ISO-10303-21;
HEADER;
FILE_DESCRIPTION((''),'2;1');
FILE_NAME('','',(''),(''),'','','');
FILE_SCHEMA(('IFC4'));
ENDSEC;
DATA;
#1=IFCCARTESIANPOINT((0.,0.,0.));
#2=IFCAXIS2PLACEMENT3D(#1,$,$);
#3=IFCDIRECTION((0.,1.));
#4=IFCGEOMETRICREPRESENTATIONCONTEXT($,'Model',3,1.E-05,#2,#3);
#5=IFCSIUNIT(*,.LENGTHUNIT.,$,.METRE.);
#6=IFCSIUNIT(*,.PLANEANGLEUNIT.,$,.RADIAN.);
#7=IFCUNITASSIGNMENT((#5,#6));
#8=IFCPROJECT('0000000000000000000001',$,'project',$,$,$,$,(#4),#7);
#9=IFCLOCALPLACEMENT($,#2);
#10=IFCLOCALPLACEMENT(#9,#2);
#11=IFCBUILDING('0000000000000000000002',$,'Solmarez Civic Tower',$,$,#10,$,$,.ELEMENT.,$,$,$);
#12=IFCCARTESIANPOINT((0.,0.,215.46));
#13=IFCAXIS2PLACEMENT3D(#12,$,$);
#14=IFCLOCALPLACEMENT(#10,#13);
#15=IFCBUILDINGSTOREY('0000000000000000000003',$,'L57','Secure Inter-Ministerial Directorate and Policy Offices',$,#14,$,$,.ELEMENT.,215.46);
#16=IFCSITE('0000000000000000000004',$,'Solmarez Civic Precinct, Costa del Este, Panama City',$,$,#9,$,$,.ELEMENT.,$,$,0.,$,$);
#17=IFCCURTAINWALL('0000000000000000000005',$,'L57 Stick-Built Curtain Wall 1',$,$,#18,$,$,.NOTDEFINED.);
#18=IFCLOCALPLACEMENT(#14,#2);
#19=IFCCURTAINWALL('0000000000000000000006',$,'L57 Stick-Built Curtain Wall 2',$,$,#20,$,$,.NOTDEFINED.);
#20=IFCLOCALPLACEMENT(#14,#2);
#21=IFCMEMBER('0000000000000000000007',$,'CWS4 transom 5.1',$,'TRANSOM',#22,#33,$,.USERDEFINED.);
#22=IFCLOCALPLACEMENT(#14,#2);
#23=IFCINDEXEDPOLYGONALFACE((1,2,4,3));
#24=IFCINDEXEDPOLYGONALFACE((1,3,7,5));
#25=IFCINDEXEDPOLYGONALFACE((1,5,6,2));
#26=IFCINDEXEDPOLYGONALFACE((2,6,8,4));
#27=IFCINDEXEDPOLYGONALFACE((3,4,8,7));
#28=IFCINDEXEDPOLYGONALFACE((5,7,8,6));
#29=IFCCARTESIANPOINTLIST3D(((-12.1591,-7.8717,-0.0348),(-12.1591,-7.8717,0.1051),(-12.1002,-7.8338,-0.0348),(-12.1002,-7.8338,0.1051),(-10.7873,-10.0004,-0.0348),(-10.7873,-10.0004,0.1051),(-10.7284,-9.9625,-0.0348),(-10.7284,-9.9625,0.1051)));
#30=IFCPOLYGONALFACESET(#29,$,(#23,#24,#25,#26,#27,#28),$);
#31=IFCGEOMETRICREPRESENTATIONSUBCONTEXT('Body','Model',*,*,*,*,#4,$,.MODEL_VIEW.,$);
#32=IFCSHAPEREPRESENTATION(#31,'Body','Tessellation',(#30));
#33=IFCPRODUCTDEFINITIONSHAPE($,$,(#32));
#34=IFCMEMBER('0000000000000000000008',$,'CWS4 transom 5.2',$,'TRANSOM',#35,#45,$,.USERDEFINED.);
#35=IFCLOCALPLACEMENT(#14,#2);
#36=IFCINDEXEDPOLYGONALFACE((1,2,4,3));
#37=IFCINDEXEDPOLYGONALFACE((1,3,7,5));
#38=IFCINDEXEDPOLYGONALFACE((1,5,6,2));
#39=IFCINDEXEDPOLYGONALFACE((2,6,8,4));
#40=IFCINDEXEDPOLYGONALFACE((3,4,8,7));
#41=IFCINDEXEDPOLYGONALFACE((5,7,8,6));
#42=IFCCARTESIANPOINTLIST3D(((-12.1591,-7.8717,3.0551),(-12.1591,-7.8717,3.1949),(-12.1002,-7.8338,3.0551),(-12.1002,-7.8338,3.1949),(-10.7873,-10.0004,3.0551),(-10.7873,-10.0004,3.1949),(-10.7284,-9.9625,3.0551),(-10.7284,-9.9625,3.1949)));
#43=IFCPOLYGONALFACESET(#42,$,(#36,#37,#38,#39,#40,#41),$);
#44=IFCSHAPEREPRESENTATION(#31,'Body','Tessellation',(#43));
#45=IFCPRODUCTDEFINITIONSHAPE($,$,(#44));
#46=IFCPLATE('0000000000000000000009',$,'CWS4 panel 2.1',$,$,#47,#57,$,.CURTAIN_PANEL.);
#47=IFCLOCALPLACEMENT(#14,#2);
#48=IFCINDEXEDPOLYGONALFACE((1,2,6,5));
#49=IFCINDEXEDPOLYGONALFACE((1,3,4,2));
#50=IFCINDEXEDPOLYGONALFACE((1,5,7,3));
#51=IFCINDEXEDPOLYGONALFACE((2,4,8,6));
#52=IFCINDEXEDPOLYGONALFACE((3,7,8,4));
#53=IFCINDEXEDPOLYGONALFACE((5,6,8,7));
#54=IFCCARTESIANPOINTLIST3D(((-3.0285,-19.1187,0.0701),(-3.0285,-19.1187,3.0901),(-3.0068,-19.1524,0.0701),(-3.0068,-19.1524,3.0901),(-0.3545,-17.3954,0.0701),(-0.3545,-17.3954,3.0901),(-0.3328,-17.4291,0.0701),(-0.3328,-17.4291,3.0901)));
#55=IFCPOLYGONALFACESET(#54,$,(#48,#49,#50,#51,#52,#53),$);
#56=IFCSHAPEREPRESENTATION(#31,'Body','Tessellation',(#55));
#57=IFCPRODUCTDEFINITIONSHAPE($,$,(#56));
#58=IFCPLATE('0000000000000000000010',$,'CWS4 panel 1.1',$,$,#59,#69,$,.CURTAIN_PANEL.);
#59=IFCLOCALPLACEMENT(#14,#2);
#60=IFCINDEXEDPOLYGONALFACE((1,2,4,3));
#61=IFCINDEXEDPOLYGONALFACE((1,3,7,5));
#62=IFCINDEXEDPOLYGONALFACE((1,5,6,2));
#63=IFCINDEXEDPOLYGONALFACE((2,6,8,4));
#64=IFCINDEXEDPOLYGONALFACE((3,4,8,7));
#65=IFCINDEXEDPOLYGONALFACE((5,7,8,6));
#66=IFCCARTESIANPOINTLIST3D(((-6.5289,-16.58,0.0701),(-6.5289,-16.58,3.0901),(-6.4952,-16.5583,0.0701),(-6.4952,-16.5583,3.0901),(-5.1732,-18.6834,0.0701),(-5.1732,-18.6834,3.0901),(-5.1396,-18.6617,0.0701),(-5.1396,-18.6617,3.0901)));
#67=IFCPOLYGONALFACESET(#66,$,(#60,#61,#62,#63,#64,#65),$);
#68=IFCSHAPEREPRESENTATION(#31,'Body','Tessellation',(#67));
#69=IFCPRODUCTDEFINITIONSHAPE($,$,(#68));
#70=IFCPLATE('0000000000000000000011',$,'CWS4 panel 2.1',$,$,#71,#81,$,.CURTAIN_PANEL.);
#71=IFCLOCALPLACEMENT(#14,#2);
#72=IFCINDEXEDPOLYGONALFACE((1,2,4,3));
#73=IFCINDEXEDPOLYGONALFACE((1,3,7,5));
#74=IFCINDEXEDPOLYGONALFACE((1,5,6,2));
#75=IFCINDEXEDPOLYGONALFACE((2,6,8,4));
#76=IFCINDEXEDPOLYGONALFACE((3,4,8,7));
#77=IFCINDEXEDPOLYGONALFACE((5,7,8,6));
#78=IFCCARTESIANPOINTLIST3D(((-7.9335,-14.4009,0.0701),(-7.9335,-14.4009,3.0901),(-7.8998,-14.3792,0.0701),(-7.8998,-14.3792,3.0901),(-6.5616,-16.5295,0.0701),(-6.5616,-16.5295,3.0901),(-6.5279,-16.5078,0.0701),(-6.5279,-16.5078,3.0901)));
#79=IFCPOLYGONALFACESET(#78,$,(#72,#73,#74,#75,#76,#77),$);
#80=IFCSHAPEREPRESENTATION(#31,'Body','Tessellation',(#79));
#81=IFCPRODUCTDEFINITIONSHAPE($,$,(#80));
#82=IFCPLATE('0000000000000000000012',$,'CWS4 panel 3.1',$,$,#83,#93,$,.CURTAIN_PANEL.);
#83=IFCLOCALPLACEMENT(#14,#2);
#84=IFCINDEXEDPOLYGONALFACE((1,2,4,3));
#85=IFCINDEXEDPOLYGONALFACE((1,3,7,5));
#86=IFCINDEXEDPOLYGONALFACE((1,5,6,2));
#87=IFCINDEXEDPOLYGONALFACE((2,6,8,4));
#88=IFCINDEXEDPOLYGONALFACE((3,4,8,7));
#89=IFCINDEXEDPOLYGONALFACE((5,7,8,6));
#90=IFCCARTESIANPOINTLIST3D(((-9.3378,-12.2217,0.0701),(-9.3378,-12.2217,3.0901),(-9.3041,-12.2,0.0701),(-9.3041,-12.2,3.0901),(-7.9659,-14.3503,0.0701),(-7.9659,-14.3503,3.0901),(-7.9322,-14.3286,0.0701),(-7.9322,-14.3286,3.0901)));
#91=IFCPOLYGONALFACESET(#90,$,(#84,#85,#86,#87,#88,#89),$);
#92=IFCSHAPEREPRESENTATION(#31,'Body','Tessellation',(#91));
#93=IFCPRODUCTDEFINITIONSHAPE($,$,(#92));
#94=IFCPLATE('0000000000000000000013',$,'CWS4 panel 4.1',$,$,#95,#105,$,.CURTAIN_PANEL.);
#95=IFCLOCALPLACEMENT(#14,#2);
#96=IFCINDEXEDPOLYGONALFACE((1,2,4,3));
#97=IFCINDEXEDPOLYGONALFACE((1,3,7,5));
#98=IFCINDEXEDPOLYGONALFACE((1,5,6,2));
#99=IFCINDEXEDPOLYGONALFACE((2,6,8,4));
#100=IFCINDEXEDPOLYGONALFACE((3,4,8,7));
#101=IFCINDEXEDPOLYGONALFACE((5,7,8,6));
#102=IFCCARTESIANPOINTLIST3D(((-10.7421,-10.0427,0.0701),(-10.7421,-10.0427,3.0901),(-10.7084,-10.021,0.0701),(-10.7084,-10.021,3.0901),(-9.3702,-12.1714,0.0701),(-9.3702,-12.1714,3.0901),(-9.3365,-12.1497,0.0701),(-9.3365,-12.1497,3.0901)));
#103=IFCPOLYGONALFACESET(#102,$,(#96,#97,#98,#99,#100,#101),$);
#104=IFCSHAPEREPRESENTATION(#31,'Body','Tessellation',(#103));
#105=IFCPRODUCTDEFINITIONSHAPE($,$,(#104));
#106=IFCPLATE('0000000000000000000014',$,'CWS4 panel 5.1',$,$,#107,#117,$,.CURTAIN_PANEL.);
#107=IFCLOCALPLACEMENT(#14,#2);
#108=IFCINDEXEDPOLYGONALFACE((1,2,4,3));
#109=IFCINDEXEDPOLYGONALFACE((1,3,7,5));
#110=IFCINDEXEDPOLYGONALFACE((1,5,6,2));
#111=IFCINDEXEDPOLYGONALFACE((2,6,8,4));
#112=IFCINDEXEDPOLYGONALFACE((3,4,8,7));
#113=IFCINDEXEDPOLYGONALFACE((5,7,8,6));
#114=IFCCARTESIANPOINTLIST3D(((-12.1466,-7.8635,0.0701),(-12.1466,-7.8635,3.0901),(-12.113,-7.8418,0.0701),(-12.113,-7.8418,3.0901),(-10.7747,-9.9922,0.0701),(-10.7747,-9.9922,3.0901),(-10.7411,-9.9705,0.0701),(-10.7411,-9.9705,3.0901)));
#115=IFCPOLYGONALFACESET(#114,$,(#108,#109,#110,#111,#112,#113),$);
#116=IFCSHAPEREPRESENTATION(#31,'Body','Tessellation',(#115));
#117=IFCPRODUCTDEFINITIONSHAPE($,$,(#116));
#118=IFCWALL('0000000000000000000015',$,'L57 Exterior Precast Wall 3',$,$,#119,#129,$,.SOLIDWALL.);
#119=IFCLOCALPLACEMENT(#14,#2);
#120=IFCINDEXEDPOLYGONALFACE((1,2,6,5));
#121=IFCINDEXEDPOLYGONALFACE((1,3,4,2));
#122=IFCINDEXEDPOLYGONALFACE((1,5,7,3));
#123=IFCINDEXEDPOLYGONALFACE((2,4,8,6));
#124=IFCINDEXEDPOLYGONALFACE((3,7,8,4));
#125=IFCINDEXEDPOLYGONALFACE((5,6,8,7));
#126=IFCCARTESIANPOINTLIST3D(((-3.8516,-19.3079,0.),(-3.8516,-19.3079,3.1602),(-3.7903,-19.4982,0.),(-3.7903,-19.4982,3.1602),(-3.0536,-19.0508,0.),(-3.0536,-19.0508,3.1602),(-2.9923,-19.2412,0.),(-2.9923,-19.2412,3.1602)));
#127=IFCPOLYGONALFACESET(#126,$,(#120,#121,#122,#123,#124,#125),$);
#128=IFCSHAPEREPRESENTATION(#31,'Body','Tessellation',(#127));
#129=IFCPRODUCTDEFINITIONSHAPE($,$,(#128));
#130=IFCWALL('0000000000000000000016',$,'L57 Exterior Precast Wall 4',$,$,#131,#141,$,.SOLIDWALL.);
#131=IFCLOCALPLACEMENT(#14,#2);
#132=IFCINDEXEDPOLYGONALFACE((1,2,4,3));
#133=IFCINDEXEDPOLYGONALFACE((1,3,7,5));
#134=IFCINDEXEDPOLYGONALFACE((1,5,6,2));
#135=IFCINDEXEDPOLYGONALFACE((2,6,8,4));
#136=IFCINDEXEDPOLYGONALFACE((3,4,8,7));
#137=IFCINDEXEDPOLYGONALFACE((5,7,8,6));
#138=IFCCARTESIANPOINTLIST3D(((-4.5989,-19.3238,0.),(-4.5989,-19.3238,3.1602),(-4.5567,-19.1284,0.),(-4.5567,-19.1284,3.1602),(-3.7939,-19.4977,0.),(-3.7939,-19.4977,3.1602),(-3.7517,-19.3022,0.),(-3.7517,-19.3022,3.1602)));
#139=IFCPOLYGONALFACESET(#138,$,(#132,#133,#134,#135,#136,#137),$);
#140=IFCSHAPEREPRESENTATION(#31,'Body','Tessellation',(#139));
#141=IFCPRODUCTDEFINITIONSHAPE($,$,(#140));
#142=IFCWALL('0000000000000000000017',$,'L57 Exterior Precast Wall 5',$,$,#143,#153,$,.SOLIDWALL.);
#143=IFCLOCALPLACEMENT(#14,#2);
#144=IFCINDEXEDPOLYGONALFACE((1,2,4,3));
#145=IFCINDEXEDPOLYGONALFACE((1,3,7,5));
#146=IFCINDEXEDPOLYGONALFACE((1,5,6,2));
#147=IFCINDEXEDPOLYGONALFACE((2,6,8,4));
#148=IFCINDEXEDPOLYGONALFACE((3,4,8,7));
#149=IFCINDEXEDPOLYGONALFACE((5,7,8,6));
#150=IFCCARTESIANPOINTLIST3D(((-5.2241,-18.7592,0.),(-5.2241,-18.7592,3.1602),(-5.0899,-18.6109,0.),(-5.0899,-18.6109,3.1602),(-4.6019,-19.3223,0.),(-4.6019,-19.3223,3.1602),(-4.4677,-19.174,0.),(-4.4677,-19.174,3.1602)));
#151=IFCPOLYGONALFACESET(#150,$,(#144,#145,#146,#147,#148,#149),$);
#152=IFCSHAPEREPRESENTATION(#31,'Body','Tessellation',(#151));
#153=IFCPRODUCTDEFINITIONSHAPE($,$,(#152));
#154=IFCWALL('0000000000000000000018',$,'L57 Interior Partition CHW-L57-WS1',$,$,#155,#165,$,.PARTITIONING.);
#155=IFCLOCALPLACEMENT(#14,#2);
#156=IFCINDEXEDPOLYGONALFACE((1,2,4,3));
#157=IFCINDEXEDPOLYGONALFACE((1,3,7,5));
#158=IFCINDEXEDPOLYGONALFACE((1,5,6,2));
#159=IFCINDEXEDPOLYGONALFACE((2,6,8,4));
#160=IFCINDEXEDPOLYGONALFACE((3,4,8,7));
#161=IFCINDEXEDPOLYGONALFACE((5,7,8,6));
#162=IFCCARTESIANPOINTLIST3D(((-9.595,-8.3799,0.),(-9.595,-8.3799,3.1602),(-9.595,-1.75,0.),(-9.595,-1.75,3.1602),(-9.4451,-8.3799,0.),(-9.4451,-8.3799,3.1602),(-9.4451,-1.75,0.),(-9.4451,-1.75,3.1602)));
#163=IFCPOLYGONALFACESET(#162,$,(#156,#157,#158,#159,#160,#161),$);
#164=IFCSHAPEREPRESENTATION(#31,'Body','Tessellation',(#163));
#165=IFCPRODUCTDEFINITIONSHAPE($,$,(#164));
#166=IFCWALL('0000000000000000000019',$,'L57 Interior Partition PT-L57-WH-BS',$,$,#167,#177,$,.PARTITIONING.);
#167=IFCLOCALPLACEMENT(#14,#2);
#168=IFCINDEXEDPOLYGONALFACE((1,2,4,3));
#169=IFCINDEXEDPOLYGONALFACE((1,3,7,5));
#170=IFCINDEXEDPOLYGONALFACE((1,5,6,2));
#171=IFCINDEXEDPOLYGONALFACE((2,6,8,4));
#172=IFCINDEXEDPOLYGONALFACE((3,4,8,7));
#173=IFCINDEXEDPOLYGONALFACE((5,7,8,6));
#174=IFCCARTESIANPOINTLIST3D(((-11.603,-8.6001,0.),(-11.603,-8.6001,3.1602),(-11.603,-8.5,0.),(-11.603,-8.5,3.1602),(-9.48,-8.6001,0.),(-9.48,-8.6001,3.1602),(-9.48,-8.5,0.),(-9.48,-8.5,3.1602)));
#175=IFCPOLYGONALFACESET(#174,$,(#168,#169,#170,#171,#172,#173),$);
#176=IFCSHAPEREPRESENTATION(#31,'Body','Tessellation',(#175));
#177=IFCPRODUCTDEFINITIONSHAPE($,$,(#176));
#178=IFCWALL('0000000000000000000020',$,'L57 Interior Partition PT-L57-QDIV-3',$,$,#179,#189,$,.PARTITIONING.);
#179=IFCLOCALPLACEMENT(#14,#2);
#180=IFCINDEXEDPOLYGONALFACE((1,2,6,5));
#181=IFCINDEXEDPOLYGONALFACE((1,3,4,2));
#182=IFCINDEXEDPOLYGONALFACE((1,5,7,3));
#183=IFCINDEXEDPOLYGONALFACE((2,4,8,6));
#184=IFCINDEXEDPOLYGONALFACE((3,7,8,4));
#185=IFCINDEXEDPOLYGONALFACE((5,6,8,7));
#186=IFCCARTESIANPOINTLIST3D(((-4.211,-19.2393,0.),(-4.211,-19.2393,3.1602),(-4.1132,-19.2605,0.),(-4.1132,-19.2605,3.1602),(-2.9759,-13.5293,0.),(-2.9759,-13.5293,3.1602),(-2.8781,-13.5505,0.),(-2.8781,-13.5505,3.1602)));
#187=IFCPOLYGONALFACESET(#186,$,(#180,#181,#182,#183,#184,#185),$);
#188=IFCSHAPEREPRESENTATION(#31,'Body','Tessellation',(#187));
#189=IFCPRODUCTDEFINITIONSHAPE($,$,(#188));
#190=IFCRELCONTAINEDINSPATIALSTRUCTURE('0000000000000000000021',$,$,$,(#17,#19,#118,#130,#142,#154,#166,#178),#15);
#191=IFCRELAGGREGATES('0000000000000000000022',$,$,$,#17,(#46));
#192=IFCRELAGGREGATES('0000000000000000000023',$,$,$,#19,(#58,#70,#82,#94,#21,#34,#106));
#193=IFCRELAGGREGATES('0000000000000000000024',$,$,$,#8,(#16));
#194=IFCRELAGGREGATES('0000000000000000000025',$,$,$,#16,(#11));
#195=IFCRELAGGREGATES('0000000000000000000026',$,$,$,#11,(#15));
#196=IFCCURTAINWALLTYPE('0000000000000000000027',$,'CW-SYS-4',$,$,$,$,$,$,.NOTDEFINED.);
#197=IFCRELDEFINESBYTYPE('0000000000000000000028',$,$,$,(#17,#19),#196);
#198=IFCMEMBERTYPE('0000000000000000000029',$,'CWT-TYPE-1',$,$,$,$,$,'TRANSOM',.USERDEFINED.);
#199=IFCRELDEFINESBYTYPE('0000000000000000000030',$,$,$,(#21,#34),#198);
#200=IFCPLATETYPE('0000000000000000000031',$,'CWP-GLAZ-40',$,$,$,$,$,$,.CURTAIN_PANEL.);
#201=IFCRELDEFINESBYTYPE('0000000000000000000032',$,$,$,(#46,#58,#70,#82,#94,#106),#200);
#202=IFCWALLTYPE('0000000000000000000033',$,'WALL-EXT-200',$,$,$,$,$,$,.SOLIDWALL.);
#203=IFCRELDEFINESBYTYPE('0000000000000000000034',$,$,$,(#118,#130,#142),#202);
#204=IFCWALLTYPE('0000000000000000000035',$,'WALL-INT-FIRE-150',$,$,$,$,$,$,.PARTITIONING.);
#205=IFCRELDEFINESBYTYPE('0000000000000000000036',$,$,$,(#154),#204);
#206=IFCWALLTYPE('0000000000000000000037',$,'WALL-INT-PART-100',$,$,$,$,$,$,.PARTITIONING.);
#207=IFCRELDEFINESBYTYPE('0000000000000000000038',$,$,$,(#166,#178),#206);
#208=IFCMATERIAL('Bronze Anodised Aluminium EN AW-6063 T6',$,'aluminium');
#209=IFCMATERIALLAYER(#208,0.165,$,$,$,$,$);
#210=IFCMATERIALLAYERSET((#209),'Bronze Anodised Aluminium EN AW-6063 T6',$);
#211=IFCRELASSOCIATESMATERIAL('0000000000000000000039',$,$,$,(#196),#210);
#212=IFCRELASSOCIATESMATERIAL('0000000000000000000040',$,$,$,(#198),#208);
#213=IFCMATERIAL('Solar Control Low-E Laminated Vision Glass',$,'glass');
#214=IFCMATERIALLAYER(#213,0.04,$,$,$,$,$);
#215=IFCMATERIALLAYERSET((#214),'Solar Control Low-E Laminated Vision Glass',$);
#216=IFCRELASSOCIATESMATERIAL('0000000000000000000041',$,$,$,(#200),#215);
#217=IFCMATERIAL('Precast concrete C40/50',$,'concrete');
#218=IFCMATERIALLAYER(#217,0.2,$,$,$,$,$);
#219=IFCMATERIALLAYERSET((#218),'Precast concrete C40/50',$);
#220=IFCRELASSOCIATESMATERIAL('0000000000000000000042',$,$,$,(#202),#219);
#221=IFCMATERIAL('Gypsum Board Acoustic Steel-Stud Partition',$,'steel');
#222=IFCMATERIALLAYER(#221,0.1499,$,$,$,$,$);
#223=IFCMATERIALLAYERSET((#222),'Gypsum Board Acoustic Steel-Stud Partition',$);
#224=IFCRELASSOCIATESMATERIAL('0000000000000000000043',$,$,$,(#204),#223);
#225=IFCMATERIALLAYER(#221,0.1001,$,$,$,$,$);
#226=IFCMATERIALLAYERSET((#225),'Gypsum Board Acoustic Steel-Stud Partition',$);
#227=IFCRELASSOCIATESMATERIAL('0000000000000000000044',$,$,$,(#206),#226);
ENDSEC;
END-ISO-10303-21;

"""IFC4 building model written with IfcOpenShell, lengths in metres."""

from ifc_helpers import new_model, si_unit, direction, frame, frame_2d, origin, origin_2d, place, context, subcontext, project, spatial, rectangle, extrude, material, layer, layer_set, material_profile, profile_set, type_object, element, aggregate, save


model = new_model("IFC4")

# Units and contexts
model_context = context("Model", 3, precision=1e-05, world=origin(), true_north=direction((0.0, 1.0)))
body_context = subcontext(model_context, "Body", "Model", "MODEL_VIEW")
ifc_project = project(units=[si_unit("LENGTHUNIT", "METRE"), si_unit("PLANEANGLEUNIT", "RADIAN")], contexts=[model_context])

# Site, building, storey
site_placement = place(None, origin())
site = spatial("IfcSite", under=ifc_project, at=site_placement, Name="Solmarez Civic Precinct, Costa del Este, Panama City", CompositionType="ELEMENT", RefElevation=0.0)
building_placement = place(site_placement, origin())
building = spatial("IfcBuilding", under=site, at=building_placement, Name="Solmarez Civic Tower", CompositionType="ELEMENT")
storey_placement = place(building_placement, frame((0.0, 0.0, 215.46)))
storey = spatial("IfcBuildingStorey", under=building, at=storey_placement, Name="L57", Description="Secure Inter-Ministerial Directorate and Policy Offices", CompositionType="ELEMENT", Elevation=215.46)

# Curtain wall
ifc_material_1 = material(Name="Bronze Anodised Aluminium EN AW-6063 T6", Category="aluminium")
ifc_layer_1 = layer(ifc_material_1, 0.165)
ifc_layer_set_1 = layer_set([ifc_layer_1], Name="Bronze Anodised Aluminium EN AW-6063 T6")
curtain_wall_type = type_object("IfcCurtainWallType", Name="CW-SYS-4", PredefinedType="NOTDEFINED", material=ifc_layer_set_1)
curtain_wall_1_placement = place(storey_placement, origin())
curtain_wall_1 = element("IfcCurtainWall", 1, at=curtain_wall_1_placement, inside=storey, type_object=curtain_wall_type, Name="L57 Stick-Built Curtain Wall 1", PredefinedType="NOTDEFINED")

# Curtain wall, members
curtain_wall_2_placement = place(storey_placement, origin())
curtain_wall_2 = element("IfcCurtainWall", 2, at=curtain_wall_2_placement, inside=storey, type_object=curtain_wall_type, Name="L57 Stick-Built Curtain Wall 2", PredefinedType="NOTDEFINED")
ifc_material_profile_1 = material_profile(ifc_material_1, rectangle(XDim=0.0701, YDim=0.1399, at=origin_2d()), Name="CWT-70X140")
ifc_profile_set_1 = profile_set([ifc_material_profile_1], Name="Bronze Anodised Aluminium EN AW-6063 T6")
member_type_1 = type_object("IfcMemberType", Name="CWT-TYPE-1", ElementType="TRANSOM", PredefinedType="USERDEFINED", material=ifc_profile_set_1)
member_1_placement = place(storey_placement, frame((-10.7578, -9.9814, 0.0352), z_axis=(-0.541707, 0.840567, 0.0), x_axis=(-0.840567, -0.541707, 0.0)))
member_1 = element("IfcMember", 3, at=member_1_placement, type_object=member_type_1, Name="CWS4 transom 5.1", ObjectType="TRANSOM", PredefinedType="USERDEFINED", context=body_context, shape_type="SweptSolid", body=[
    extrude(rectangle(XDim=0.0701, YDim=0.1399, at=origin_2d()), origin(), (0.0, 0.0, 1.0), 2.5325),
])
member_2_placement = place(storey_placement, frame((-10.7578, -9.9814, 3.125), z_axis=(-0.541707, 0.840567, 0.0), x_axis=(-0.840567, -0.541707, 0.0)))
member_2 = element("IfcMember", 4, at=member_2_placement, type_object=member_type_1, Name="CWS4 transom 5.2", ObjectType="TRANSOM", PredefinedType="USERDEFINED", context=body_context, shape_type="SweptSolid", body=[
    extrude(rectangle(XDim=0.0701, YDim=0.1399, at=origin_2d()), origin(), (0.0, 0.0, 1.0), 2.5325),
])

# Plates
ifc_material_2 = material(Name="Solar Control Low-E Laminated Vision Glass", Category="glass")
ifc_layer_2 = layer(ifc_material_2, 0.04)
ifc_layer_set_2 = layer_set([ifc_layer_2], Name="Solar Control Low-E Laminated Vision Glass")
plate_type = type_object("IfcPlateType", Name="CWP-GLAZ-40", PredefinedType="CURTAIN_PANEL", material=ifc_layer_set_2)
plate_1_placement = place(storey_placement, frame((-1.6807, -18.2739, 0.0701), z_axis=(0.0, 0.0, 1.0), x_axis=(-0.840557, -0.541723, 0.0)))
plate_1 = element("IfcPlate", 5, at=plate_1_placement, type_object=plate_type, Name="CWS4 panel 2.1", PredefinedType="CURTAIN_PANEL", context=body_context, shape_type="SweptSolid", body=[
    extrude(rectangle(XDim=3.1812, YDim=0.04, at=origin_2d()), origin(), (0.0, 0.0, 1.0), 3.02),
])
aggregate(curtain_wall_1, [plate_1])
plate_2_placement = place(storey_placement, frame((-5.8342, -17.6208, 0.0701), z_axis=(0.0, 0.0, 1.0), x_axis=(-0.541726, 0.840555, 0.0)))
plate_2 = element("IfcPlate", 6, at=plate_2_placement, type_object=plate_type, Name="CWS4 panel 1.1", PredefinedType="CURTAIN_PANEL", context=body_context, shape_type="SweptSolid", body=[
    extrude(rectangle(XDim=2.5024, YDim=0.04, at=origin_2d()), origin(), (0.0, 0.0, 1.0), 3.02),
])
plate_3_placement = place(storey_placement, frame((-7.2307, -15.4543, 0.0701), z_axis=(0.0, 0.0, 1.0), x_axis=(-0.541726, 0.840555, 0.0)))
plate_3 = element("IfcPlate", 7, at=plate_3_placement, type_object=plate_type, Name="CWS4 panel 2.1", PredefinedType="CURTAIN_PANEL", context=body_context, shape_type="SweptSolid", body=[
    extrude(rectangle(XDim=2.5325, YDim=0.04, at=origin_2d()), origin(), (0.0, 0.0, 1.0), 3.02),
])
plate_4_placement = place(storey_placement, frame((-8.635, -13.2751, 0.0701), z_axis=(0.0, 0.0, 1.0), x_axis=(-0.541726, 0.840555, 0.0)))
plate_4 = element("IfcPlate", 8, at=plate_4_placement, type_object=plate_type, Name="CWS4 panel 3.1", PredefinedType="CURTAIN_PANEL", context=body_context, shape_type="SweptSolid", body=[
    extrude(rectangle(XDim=2.5325, YDim=0.04, at=origin_2d()), origin(), (0.0, 0.0, 1.0), 3.02),
])
plate_5_placement = place(storey_placement, frame((-10.0393, -11.0962, 0.0701), z_axis=(0.0, 0.0, 1.0), x_axis=(-0.541726, 0.840555, 0.0)))
plate_5 = element("IfcPlate", 9, at=plate_5_placement, type_object=plate_type, Name="CWS4 panel 4.1", PredefinedType="CURTAIN_PANEL", context=body_context, shape_type="SweptSolid", body=[
    extrude(rectangle(XDim=2.5325, YDim=0.04, at=origin_2d()), origin(), (0.0, 0.0, 1.0), 3.02),
])
plate_6_placement = place(storey_placement, frame((-11.4438, -8.917, 0.0701), z_axis=(0.0, 0.0, 1.0), x_axis=(-0.541726, 0.840555, 0.0)))
plate_6 = element("IfcPlate", 10, at=plate_6_placement, type_object=plate_type, Name="CWS4 panel 5.1", PredefinedType="CURTAIN_PANEL", context=body_context, shape_type="SweptSolid", body=[
    extrude(rectangle(XDim=2.5325, YDim=0.04, at=origin_2d()), origin(), (0.0, 0.0, 1.0), 3.02),
])
aggregate(curtain_wall_2, [plate_2, plate_3, plate_4, plate_5, member_1, member_2, plate_6])

# Walls
ifc_material_3 = material(Name="Precast concrete C40/50", Category="concrete")
ifc_layer_3 = layer(ifc_material_3, 0.2)
ifc_layer_set_3 = layer_set([ifc_layer_3], Name="Precast concrete C40/50")
wall_type_1 = type_object("IfcWallType", Name="WALL-EXT-200", PredefinedType="SOLIDWALL", material=ifc_layer_set_3)
wall_1_placement = place(storey_placement, frame((-3.0229, -19.146, 0.0), z_axis=(0.0, 0.0, 1.0), x_axis=(-0.951838, -0.306603, 0.0)))
element("IfcWall", 11, at=wall_1_placement, inside=storey, type_object=wall_type_1, Name="L57 Exterior Precast Wall 3", PredefinedType="SOLIDWALL", context=body_context, shape_type="SweptSolid", body=[
    extrude(rectangle(XDim=0.8384, YDim=0.2, at=frame_2d((0.4192, 0.0))), origin(), (0.0, 0.0, 1.0), 3.1602),
])
wall_2_placement = place(storey_placement, frame((-3.7729, -19.3999, 0.0), z_axis=(0.0, 0.0, 1.0), x_axis=(-0.977467, 0.211088, 0.0)))
element("IfcWall", 12, at=wall_2_placement, inside=storey, type_object=wall_type_1, Name="L57 Exterior Precast Wall 4", PredefinedType="SOLIDWALL", context=body_context, shape_type="SweptSolid", body=[
    extrude(rectangle(XDim=0.8235, YDim=0.2, at=frame_2d((0.4116, 0.0))), origin(), (0.0, 0.0, 1.0), 3.1602),
])
wall_3_placement = place(storey_placement, frame((-4.5349, -19.248, 0.0), z_axis=(0.0, 0.0, 1.0), x_axis=(-0.741439, 0.67102, 0.0)))
element("IfcWall", 13, at=wall_3_placement, inside=storey, type_object=wall_type_1, Name="L57 Exterior Precast Wall 5", PredefinedType="SOLIDWALL", context=body_context, shape_type="SweptSolid", body=[
    extrude(rectangle(XDim=0.8391, YDim=0.2, at=frame_2d((0.4194, 0.0))), origin(), (0.0, 0.0, 1.0), 3.1602),
])
ifc_material_4 = material(Name="Gypsum Board Acoustic Steel-Stud Partition", Category="steel")
ifc_layer_4 = layer(ifc_material_4, 0.1499)
ifc_layer_set_4 = layer_set([ifc_layer_4], Name="Gypsum Board Acoustic Steel-Stud Partition")
wall_type_2 = type_object("IfcWallType", Name="WALL-INT-FIRE-150", PredefinedType="PARTITIONING", material=ifc_layer_set_4)
wall_4_placement = place(storey_placement, frame((-9.52, -8.3799, 0.0), z_axis=(0.0, 0.0, 1.0), x_axis=(0.0, 1.0, 0.0)))
element("IfcWall", 14, at=wall_4_placement, inside=storey, type_object=wall_type_2, Name="L57 Interior Partition CHW-L57-WS1", PredefinedType="PARTITIONING", context=body_context, shape_type="SweptSolid", body=[
    extrude(rectangle(XDim=6.6299, YDim=0.1499, at=frame_2d((3.3149, 0.0))), origin(), (0.0, 0.0, 1.0), 3.1602),
])
ifc_layer_5 = layer(ifc_material_4, 0.1001)
ifc_layer_set_5 = layer_set([ifc_layer_5], Name="Gypsum Board Acoustic Steel-Stud Partition")
wall_type_3 = type_object("IfcWallType", Name="WALL-INT-PART-100", PredefinedType="PARTITIONING", material=ifc_layer_set_5)
wall_5_placement = place(storey_placement, frame((-11.603, -8.55, 0.0), z_axis=(0.0, 0.0, 1.0), x_axis=(1.0, 0.0, 0.0)))
element("IfcWall", 15, at=wall_5_placement, inside=storey, type_object=wall_type_3, Name="L57 Interior Partition PT-L57-WH-BS", PredefinedType="PARTITIONING", context=body_context, shape_type="SweptSolid", body=[
    extrude(rectangle(XDim=2.123, YDim=0.1001, at=frame_2d((1.0615, 0.0))), origin(), (0.0, 0.0, 1.0), 3.1602),
])
wall_6_placement = place(storey_placement, frame((-2.927, -13.54, 0.0), z_axis=(0.0, 0.0, 1.0), x_axis=(-0.211418, -0.977396, 0.0)))
element("IfcWall", 16, at=wall_6_placement, inside=storey, type_object=wall_type_3, Name="L57 Interior Partition PT-L57-QDIV-3", PredefinedType="PARTITIONING", context=body_context, shape_type="SweptSolid", body=[
    extrude(rectangle(XDim=5.842, YDim=0.1001, at=frame_2d((2.9209, 0.0))), origin(), (0.0, 0.0, 1.0), 3.1602),
])

save(model, "model.ifc")
